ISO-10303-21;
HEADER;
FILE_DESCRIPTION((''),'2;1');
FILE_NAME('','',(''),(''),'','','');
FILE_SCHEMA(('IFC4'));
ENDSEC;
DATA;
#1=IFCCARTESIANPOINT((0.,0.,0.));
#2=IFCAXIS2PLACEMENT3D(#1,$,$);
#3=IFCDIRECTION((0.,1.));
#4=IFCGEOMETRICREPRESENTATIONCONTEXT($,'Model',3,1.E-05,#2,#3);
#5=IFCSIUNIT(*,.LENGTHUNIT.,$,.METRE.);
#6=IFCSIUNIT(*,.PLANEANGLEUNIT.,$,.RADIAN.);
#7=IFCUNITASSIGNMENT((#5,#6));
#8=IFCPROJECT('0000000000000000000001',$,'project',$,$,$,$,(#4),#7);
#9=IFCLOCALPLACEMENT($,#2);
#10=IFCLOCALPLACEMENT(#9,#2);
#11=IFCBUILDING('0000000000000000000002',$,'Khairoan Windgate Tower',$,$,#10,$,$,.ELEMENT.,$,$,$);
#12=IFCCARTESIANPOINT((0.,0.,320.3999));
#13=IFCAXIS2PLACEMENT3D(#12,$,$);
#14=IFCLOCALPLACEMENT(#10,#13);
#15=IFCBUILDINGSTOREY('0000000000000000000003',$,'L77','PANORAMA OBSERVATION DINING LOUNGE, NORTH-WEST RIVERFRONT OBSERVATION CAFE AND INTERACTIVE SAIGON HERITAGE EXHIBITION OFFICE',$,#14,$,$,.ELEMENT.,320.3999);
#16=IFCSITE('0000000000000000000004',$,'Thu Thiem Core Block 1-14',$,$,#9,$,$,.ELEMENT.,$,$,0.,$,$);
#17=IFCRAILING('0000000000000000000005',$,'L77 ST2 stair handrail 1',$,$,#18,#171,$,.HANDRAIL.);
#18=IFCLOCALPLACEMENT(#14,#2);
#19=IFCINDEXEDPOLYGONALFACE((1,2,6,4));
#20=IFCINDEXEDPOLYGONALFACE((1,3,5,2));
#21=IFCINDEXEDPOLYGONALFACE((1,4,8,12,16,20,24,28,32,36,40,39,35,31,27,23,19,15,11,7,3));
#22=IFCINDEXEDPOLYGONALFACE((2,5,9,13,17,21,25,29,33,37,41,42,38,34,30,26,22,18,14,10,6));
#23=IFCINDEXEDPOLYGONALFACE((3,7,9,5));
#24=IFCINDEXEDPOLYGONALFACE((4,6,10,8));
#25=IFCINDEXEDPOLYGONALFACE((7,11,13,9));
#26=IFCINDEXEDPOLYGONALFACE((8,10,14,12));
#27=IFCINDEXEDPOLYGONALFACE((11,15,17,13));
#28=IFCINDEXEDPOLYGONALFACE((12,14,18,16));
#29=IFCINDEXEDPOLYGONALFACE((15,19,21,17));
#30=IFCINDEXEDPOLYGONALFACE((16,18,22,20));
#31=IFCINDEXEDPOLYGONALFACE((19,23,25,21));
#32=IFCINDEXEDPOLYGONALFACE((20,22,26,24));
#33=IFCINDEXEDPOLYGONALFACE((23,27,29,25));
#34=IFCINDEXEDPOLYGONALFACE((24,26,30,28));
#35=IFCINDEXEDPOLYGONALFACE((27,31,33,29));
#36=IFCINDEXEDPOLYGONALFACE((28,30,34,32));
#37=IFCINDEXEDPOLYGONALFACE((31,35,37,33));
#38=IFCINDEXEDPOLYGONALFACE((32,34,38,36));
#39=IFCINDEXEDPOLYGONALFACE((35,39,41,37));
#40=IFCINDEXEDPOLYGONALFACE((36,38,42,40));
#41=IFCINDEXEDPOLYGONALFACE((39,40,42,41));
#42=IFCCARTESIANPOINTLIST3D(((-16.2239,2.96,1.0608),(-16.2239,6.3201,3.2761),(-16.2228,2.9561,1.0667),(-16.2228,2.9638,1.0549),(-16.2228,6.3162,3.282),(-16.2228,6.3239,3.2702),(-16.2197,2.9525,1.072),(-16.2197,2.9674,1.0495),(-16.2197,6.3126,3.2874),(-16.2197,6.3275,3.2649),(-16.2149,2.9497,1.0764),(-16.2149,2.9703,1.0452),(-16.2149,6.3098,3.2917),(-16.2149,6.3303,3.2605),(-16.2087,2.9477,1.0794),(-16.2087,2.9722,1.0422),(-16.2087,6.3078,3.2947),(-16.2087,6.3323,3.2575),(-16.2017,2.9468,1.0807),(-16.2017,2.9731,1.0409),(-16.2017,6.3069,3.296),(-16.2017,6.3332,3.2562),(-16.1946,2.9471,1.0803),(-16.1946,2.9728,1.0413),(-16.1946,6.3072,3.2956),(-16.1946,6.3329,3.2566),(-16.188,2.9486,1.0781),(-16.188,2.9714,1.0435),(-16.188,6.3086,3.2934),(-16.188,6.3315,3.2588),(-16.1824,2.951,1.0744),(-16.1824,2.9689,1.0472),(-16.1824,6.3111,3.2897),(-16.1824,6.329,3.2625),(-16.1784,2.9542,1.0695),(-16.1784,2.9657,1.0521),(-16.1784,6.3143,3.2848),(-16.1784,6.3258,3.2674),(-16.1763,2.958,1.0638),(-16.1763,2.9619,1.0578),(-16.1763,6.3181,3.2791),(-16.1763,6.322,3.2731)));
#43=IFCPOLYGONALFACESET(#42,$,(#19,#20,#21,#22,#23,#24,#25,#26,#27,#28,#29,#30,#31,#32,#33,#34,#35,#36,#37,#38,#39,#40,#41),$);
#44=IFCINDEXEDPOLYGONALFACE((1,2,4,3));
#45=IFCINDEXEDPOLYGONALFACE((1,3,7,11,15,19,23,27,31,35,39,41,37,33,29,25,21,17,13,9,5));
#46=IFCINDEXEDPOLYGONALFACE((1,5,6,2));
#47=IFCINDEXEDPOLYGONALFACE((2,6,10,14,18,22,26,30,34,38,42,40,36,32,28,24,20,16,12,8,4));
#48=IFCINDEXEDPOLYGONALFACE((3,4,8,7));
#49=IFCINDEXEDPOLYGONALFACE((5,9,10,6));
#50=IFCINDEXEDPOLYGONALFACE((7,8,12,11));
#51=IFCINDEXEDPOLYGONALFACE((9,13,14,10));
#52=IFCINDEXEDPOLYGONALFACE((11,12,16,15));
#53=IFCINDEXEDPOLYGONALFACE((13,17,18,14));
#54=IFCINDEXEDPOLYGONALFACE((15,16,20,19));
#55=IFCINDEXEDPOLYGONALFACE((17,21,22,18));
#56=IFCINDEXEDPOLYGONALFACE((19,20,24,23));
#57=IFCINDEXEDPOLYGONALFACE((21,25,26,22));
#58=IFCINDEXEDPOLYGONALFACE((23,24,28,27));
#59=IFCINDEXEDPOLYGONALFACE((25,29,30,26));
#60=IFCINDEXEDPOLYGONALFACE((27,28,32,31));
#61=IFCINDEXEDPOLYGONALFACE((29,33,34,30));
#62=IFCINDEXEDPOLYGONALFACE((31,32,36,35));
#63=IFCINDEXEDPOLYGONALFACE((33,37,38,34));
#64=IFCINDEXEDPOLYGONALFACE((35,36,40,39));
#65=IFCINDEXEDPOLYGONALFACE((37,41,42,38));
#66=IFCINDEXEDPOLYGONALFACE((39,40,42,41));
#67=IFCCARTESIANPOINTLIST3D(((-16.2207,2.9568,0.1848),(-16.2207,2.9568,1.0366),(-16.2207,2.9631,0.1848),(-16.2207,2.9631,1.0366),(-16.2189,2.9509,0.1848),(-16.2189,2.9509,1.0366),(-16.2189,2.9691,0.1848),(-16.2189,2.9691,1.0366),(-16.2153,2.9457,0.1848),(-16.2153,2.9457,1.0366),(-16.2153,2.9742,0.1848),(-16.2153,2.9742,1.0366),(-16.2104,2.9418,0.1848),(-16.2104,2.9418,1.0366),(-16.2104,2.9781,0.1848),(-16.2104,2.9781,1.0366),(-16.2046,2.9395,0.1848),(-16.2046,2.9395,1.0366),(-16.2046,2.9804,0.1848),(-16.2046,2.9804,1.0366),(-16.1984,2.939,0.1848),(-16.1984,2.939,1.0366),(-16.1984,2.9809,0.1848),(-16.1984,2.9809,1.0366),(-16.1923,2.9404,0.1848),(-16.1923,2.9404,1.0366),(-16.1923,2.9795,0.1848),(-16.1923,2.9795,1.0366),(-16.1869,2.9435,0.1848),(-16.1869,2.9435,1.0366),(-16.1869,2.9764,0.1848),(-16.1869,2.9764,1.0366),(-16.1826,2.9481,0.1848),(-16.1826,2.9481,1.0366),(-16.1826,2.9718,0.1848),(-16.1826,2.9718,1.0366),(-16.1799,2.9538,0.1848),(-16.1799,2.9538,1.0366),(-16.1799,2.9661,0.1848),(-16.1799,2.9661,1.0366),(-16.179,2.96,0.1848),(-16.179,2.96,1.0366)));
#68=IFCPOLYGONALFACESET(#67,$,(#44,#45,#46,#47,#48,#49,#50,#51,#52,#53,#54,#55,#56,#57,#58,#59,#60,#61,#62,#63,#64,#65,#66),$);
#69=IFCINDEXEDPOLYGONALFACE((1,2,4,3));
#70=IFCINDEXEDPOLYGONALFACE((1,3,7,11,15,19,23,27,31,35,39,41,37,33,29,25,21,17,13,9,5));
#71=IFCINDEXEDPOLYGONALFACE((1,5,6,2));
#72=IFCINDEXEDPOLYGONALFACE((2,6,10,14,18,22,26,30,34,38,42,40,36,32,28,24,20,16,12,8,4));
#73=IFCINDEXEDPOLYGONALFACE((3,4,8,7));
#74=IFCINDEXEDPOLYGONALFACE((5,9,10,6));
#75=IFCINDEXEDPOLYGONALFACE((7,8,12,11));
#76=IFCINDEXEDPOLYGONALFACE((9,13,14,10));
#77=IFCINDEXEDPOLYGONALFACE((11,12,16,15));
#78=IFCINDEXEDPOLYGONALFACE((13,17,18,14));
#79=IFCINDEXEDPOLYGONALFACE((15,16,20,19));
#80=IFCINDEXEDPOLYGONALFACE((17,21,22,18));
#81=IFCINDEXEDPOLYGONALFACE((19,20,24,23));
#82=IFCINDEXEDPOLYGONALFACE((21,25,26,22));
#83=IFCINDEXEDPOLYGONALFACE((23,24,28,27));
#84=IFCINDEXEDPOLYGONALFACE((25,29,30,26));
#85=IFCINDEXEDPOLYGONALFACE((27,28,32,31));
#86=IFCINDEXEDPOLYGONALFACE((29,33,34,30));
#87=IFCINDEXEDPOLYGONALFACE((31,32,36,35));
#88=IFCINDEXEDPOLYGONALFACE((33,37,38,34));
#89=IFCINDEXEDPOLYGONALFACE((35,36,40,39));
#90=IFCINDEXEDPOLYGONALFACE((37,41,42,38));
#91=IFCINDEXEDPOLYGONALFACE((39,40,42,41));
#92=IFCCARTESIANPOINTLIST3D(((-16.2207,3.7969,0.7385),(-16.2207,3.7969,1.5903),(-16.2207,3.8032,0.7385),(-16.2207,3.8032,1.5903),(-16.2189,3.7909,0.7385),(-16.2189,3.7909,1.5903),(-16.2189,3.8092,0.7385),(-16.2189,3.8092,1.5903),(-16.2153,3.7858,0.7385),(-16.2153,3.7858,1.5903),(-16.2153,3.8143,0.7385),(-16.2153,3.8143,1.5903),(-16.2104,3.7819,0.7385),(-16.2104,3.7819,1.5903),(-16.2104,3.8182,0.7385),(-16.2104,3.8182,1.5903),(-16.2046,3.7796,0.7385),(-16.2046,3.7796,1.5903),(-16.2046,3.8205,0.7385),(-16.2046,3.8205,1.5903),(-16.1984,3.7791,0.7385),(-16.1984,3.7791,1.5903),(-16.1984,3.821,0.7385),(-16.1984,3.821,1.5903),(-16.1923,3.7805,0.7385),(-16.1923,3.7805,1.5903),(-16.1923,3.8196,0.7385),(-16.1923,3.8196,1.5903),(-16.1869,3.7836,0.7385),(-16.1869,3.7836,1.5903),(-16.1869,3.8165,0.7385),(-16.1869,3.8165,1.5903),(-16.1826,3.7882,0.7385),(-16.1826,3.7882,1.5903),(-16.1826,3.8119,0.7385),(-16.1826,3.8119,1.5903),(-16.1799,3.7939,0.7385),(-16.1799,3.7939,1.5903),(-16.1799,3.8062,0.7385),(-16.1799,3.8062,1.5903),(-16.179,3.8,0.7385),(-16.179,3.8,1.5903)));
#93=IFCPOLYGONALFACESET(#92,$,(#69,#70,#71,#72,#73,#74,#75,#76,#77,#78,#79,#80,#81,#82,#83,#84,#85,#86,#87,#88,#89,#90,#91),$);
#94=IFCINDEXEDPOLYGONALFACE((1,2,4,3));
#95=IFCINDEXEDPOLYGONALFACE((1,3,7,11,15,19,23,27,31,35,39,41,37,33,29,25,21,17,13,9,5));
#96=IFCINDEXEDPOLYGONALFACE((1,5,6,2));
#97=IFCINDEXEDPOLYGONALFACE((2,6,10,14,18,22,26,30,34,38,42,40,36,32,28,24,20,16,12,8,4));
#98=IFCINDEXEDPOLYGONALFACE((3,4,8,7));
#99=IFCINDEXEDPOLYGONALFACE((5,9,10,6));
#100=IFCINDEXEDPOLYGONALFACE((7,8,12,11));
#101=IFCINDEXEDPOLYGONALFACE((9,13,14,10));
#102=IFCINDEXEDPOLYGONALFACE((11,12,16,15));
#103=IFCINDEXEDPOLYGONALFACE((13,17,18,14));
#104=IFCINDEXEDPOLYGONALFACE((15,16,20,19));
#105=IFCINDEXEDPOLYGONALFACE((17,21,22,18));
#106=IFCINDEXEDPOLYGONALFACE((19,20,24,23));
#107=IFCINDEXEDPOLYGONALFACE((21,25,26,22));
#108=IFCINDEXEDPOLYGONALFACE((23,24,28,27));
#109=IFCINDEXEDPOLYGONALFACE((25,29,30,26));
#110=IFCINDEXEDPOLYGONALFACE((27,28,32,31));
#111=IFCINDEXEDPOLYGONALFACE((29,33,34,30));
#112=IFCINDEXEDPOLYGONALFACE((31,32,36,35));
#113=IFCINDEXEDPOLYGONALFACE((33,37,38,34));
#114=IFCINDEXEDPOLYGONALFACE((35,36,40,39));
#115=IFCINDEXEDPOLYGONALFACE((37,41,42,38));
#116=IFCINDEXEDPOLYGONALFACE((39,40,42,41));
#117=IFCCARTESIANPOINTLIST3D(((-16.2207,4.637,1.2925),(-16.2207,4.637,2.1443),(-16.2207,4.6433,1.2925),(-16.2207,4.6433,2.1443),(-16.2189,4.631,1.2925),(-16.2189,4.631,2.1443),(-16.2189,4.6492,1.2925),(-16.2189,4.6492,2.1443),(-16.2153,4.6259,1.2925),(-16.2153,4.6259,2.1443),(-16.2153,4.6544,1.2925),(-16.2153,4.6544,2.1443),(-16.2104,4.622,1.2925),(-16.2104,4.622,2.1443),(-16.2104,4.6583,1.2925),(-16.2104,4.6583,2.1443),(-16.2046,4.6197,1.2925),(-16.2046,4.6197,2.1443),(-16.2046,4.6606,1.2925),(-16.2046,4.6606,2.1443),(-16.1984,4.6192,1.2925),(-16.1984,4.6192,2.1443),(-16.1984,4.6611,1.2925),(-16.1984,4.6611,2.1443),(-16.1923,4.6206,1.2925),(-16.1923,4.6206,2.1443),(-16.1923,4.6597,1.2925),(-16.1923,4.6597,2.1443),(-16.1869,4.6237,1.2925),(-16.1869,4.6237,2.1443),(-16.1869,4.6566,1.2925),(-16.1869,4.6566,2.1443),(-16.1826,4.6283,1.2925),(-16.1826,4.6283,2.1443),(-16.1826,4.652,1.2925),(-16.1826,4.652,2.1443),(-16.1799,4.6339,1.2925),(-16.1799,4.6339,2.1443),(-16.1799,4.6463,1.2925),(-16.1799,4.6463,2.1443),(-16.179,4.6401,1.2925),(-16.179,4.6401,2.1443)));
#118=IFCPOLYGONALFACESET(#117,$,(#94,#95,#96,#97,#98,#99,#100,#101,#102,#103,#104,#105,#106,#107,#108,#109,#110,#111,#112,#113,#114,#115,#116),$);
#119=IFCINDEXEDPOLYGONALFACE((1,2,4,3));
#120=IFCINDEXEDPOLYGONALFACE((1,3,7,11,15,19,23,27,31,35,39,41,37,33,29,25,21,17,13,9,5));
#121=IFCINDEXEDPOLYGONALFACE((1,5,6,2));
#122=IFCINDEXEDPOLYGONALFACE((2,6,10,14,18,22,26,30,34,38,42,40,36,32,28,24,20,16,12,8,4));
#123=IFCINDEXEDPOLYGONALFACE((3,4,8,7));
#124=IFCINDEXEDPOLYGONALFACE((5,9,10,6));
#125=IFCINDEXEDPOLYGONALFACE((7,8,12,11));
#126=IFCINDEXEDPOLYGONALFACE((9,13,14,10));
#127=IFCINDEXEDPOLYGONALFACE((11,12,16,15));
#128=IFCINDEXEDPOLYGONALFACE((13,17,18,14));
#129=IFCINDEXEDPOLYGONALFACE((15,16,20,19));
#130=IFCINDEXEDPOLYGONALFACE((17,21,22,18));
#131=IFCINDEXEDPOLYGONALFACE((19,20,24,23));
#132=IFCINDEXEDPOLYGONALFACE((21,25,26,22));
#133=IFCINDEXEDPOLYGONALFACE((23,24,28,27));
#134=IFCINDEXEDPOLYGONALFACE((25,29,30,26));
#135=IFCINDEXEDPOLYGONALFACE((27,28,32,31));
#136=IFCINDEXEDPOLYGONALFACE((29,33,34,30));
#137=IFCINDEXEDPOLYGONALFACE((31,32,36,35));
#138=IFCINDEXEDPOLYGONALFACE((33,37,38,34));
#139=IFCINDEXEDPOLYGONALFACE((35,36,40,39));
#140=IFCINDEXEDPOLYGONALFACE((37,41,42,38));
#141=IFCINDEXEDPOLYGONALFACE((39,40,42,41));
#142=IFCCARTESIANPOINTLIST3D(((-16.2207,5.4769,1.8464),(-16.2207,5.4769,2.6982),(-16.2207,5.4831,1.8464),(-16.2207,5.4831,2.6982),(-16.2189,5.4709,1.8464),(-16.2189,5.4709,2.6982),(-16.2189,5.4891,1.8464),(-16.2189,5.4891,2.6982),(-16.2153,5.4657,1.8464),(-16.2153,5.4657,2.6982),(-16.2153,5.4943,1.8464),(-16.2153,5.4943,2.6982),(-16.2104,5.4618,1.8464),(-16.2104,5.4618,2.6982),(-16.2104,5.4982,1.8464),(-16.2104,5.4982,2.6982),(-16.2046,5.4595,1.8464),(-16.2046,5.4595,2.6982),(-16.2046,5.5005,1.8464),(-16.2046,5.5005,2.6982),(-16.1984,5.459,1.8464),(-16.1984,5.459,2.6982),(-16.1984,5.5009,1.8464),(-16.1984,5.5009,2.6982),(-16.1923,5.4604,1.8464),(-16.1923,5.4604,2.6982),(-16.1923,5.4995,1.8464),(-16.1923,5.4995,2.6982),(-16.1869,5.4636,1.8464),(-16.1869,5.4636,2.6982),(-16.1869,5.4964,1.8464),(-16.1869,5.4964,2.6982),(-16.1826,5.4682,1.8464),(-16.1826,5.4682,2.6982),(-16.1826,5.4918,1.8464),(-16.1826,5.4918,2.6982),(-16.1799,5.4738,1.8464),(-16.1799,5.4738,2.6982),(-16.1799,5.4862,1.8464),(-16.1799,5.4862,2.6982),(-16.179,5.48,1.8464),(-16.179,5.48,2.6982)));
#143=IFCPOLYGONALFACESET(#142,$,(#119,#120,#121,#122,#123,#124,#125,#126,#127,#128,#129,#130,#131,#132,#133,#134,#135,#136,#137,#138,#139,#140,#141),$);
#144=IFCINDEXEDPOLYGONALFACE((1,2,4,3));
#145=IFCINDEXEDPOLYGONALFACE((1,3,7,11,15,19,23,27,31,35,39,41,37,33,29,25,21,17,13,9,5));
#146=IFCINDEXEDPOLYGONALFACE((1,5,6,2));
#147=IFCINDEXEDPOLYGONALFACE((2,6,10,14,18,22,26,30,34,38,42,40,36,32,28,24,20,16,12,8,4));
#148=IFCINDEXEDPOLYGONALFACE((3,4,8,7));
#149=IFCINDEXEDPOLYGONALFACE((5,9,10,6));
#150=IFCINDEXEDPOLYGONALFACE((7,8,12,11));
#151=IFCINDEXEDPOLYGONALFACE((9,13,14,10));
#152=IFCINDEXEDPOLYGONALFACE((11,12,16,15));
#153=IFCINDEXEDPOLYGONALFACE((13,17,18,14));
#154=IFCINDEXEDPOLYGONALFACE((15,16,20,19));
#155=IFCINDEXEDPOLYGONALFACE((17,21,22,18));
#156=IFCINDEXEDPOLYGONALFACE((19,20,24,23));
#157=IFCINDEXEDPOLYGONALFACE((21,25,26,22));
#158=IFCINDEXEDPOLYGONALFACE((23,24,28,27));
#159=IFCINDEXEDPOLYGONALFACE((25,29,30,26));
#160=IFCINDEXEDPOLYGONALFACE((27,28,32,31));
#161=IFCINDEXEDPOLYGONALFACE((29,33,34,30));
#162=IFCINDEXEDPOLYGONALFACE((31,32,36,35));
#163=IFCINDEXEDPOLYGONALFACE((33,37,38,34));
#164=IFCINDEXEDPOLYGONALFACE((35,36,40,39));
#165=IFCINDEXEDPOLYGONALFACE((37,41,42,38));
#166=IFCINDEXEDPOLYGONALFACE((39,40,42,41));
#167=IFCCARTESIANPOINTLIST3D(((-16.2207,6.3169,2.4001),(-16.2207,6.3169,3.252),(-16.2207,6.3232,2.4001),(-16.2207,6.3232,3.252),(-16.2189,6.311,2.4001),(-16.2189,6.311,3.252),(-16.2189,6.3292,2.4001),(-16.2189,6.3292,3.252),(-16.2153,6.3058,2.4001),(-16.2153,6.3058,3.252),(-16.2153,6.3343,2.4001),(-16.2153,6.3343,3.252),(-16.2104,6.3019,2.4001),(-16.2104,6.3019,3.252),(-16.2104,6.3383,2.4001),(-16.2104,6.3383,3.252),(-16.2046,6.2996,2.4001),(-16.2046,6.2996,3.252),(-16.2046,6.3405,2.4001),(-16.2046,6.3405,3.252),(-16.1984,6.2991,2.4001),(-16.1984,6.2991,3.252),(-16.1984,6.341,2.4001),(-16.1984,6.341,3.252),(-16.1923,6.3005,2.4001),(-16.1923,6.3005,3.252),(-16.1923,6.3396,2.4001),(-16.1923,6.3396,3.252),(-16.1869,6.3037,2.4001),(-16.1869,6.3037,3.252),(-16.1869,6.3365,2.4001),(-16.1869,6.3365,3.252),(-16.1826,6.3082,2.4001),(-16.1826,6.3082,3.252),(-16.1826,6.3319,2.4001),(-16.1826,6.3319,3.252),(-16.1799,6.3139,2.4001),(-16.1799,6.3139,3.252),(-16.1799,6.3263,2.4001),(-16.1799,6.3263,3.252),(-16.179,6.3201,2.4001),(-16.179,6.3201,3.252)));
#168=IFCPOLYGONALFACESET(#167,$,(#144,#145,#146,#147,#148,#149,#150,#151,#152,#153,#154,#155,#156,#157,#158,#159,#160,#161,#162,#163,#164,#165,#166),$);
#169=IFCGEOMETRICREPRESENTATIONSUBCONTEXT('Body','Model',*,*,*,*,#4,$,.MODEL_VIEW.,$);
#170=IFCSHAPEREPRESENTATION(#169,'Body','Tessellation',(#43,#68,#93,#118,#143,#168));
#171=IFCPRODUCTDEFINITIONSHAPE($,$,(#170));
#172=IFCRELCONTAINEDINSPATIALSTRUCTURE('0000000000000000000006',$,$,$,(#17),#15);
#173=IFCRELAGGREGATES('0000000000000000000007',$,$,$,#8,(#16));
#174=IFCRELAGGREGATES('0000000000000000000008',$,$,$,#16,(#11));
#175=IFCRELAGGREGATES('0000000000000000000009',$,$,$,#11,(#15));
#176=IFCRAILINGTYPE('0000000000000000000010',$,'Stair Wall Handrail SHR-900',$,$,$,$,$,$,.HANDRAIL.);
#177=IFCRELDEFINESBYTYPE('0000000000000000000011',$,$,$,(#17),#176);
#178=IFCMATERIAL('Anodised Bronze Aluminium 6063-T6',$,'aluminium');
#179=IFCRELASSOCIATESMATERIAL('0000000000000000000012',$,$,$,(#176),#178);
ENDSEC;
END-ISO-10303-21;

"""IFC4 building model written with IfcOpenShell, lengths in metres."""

from ifc_helpers import new_model, si_unit, direction, frame, origin, origin_2d, place, context, subcontext, project, spatial, circle, extrude, material, type_object, element, save


model = new_model("IFC4")

# Units and contexts
model_context = context("Model", 3, precision=1e-05, world=origin(), true_north=direction((0.0, 1.0)))
body_context = subcontext(model_context, "Body", "Model", "MODEL_VIEW")
ifc_project = project(units=[si_unit("LENGTHUNIT", "METRE"), si_unit("PLANEANGLEUNIT", "RADIAN")], contexts=[model_context])

# Site, building, storey
site_placement = place(None, origin())
site = spatial("IfcSite", under=ifc_project, at=site_placement, Name="Thu Thiem Core Block 1-14", CompositionType="ELEMENT", RefElevation=0.0)
building_placement = place(site_placement, origin())
building = spatial("IfcBuilding", under=site, at=building_placement, Name="Khairoan Windgate Tower", CompositionType="ELEMENT")
storey_placement = place(building_placement, frame((0.0, 0.0, 320.3999)))
storey = spatial("IfcBuildingStorey", under=building, at=storey_placement, Name="L77", Description="PANORAMA OBSERVATION DINING LOUNGE, NORTH-WEST RIVERFRONT OBSERVATION CAFE AND INTERACTIVE SAIGON HERITAGE EXHIBITION OFFICE", CompositionType="ELEMENT", Elevation=320.3999)

# Railing
ifc_material_1 = material(Name="Anodised Bronze Aluminium 6063-T6", Category="aluminium")
railing_type_1 = type_object("IfcRailingType", Name="Stair Wall Handrail SHR-900", PredefinedType="HANDRAIL", material=ifc_material_1)
railing_1_placement = place(storey_placement, frame((-16.2, 2.96, 0.1848)))
element("IfcRailing", 1, at=railing_1_placement, inside=storey, type_object=railing_type_1, Name="L77 ST2 stair handrail 1", PredefinedType="HANDRAIL", context=body_context, shape_type="SweptSolid", body=[
    extrude(circle(Radius=0.0239, at=origin_2d()), frame((0.0, 0.0, 0.876), z_axis=(0.0, 0.834876, 0.550437), x_axis=(-1.0, 0.0, 0.0)), (0.0, 0.0, 1.0), 4.0247),
    extrude(circle(Radius=0.021, at=origin_2d()), origin(), (0.0, 0.0, 1.0), 0.8518),
    extrude(circle(Radius=0.021, at=origin_2d()), frame((0.0, 0.8401, 0.5537)), (0.0, 0.0, 1.0), 0.8518),
    extrude(circle(Radius=0.021, at=origin_2d()), frame((0.0, 1.6802, 1.1077)), (0.0, 0.0, 1.0), 0.8518),
    extrude(circle(Radius=0.021, at=origin_2d()), frame((0.0, 2.52, 1.6616)), (0.0, 0.0, 1.0), 0.8518),
    extrude(circle(Radius=0.021, at=origin_2d()), frame((0.0, 3.3601, 2.2153)), (0.0, 0.0, 1.0), 0.8518),
])

save(model, "model.ifc")
